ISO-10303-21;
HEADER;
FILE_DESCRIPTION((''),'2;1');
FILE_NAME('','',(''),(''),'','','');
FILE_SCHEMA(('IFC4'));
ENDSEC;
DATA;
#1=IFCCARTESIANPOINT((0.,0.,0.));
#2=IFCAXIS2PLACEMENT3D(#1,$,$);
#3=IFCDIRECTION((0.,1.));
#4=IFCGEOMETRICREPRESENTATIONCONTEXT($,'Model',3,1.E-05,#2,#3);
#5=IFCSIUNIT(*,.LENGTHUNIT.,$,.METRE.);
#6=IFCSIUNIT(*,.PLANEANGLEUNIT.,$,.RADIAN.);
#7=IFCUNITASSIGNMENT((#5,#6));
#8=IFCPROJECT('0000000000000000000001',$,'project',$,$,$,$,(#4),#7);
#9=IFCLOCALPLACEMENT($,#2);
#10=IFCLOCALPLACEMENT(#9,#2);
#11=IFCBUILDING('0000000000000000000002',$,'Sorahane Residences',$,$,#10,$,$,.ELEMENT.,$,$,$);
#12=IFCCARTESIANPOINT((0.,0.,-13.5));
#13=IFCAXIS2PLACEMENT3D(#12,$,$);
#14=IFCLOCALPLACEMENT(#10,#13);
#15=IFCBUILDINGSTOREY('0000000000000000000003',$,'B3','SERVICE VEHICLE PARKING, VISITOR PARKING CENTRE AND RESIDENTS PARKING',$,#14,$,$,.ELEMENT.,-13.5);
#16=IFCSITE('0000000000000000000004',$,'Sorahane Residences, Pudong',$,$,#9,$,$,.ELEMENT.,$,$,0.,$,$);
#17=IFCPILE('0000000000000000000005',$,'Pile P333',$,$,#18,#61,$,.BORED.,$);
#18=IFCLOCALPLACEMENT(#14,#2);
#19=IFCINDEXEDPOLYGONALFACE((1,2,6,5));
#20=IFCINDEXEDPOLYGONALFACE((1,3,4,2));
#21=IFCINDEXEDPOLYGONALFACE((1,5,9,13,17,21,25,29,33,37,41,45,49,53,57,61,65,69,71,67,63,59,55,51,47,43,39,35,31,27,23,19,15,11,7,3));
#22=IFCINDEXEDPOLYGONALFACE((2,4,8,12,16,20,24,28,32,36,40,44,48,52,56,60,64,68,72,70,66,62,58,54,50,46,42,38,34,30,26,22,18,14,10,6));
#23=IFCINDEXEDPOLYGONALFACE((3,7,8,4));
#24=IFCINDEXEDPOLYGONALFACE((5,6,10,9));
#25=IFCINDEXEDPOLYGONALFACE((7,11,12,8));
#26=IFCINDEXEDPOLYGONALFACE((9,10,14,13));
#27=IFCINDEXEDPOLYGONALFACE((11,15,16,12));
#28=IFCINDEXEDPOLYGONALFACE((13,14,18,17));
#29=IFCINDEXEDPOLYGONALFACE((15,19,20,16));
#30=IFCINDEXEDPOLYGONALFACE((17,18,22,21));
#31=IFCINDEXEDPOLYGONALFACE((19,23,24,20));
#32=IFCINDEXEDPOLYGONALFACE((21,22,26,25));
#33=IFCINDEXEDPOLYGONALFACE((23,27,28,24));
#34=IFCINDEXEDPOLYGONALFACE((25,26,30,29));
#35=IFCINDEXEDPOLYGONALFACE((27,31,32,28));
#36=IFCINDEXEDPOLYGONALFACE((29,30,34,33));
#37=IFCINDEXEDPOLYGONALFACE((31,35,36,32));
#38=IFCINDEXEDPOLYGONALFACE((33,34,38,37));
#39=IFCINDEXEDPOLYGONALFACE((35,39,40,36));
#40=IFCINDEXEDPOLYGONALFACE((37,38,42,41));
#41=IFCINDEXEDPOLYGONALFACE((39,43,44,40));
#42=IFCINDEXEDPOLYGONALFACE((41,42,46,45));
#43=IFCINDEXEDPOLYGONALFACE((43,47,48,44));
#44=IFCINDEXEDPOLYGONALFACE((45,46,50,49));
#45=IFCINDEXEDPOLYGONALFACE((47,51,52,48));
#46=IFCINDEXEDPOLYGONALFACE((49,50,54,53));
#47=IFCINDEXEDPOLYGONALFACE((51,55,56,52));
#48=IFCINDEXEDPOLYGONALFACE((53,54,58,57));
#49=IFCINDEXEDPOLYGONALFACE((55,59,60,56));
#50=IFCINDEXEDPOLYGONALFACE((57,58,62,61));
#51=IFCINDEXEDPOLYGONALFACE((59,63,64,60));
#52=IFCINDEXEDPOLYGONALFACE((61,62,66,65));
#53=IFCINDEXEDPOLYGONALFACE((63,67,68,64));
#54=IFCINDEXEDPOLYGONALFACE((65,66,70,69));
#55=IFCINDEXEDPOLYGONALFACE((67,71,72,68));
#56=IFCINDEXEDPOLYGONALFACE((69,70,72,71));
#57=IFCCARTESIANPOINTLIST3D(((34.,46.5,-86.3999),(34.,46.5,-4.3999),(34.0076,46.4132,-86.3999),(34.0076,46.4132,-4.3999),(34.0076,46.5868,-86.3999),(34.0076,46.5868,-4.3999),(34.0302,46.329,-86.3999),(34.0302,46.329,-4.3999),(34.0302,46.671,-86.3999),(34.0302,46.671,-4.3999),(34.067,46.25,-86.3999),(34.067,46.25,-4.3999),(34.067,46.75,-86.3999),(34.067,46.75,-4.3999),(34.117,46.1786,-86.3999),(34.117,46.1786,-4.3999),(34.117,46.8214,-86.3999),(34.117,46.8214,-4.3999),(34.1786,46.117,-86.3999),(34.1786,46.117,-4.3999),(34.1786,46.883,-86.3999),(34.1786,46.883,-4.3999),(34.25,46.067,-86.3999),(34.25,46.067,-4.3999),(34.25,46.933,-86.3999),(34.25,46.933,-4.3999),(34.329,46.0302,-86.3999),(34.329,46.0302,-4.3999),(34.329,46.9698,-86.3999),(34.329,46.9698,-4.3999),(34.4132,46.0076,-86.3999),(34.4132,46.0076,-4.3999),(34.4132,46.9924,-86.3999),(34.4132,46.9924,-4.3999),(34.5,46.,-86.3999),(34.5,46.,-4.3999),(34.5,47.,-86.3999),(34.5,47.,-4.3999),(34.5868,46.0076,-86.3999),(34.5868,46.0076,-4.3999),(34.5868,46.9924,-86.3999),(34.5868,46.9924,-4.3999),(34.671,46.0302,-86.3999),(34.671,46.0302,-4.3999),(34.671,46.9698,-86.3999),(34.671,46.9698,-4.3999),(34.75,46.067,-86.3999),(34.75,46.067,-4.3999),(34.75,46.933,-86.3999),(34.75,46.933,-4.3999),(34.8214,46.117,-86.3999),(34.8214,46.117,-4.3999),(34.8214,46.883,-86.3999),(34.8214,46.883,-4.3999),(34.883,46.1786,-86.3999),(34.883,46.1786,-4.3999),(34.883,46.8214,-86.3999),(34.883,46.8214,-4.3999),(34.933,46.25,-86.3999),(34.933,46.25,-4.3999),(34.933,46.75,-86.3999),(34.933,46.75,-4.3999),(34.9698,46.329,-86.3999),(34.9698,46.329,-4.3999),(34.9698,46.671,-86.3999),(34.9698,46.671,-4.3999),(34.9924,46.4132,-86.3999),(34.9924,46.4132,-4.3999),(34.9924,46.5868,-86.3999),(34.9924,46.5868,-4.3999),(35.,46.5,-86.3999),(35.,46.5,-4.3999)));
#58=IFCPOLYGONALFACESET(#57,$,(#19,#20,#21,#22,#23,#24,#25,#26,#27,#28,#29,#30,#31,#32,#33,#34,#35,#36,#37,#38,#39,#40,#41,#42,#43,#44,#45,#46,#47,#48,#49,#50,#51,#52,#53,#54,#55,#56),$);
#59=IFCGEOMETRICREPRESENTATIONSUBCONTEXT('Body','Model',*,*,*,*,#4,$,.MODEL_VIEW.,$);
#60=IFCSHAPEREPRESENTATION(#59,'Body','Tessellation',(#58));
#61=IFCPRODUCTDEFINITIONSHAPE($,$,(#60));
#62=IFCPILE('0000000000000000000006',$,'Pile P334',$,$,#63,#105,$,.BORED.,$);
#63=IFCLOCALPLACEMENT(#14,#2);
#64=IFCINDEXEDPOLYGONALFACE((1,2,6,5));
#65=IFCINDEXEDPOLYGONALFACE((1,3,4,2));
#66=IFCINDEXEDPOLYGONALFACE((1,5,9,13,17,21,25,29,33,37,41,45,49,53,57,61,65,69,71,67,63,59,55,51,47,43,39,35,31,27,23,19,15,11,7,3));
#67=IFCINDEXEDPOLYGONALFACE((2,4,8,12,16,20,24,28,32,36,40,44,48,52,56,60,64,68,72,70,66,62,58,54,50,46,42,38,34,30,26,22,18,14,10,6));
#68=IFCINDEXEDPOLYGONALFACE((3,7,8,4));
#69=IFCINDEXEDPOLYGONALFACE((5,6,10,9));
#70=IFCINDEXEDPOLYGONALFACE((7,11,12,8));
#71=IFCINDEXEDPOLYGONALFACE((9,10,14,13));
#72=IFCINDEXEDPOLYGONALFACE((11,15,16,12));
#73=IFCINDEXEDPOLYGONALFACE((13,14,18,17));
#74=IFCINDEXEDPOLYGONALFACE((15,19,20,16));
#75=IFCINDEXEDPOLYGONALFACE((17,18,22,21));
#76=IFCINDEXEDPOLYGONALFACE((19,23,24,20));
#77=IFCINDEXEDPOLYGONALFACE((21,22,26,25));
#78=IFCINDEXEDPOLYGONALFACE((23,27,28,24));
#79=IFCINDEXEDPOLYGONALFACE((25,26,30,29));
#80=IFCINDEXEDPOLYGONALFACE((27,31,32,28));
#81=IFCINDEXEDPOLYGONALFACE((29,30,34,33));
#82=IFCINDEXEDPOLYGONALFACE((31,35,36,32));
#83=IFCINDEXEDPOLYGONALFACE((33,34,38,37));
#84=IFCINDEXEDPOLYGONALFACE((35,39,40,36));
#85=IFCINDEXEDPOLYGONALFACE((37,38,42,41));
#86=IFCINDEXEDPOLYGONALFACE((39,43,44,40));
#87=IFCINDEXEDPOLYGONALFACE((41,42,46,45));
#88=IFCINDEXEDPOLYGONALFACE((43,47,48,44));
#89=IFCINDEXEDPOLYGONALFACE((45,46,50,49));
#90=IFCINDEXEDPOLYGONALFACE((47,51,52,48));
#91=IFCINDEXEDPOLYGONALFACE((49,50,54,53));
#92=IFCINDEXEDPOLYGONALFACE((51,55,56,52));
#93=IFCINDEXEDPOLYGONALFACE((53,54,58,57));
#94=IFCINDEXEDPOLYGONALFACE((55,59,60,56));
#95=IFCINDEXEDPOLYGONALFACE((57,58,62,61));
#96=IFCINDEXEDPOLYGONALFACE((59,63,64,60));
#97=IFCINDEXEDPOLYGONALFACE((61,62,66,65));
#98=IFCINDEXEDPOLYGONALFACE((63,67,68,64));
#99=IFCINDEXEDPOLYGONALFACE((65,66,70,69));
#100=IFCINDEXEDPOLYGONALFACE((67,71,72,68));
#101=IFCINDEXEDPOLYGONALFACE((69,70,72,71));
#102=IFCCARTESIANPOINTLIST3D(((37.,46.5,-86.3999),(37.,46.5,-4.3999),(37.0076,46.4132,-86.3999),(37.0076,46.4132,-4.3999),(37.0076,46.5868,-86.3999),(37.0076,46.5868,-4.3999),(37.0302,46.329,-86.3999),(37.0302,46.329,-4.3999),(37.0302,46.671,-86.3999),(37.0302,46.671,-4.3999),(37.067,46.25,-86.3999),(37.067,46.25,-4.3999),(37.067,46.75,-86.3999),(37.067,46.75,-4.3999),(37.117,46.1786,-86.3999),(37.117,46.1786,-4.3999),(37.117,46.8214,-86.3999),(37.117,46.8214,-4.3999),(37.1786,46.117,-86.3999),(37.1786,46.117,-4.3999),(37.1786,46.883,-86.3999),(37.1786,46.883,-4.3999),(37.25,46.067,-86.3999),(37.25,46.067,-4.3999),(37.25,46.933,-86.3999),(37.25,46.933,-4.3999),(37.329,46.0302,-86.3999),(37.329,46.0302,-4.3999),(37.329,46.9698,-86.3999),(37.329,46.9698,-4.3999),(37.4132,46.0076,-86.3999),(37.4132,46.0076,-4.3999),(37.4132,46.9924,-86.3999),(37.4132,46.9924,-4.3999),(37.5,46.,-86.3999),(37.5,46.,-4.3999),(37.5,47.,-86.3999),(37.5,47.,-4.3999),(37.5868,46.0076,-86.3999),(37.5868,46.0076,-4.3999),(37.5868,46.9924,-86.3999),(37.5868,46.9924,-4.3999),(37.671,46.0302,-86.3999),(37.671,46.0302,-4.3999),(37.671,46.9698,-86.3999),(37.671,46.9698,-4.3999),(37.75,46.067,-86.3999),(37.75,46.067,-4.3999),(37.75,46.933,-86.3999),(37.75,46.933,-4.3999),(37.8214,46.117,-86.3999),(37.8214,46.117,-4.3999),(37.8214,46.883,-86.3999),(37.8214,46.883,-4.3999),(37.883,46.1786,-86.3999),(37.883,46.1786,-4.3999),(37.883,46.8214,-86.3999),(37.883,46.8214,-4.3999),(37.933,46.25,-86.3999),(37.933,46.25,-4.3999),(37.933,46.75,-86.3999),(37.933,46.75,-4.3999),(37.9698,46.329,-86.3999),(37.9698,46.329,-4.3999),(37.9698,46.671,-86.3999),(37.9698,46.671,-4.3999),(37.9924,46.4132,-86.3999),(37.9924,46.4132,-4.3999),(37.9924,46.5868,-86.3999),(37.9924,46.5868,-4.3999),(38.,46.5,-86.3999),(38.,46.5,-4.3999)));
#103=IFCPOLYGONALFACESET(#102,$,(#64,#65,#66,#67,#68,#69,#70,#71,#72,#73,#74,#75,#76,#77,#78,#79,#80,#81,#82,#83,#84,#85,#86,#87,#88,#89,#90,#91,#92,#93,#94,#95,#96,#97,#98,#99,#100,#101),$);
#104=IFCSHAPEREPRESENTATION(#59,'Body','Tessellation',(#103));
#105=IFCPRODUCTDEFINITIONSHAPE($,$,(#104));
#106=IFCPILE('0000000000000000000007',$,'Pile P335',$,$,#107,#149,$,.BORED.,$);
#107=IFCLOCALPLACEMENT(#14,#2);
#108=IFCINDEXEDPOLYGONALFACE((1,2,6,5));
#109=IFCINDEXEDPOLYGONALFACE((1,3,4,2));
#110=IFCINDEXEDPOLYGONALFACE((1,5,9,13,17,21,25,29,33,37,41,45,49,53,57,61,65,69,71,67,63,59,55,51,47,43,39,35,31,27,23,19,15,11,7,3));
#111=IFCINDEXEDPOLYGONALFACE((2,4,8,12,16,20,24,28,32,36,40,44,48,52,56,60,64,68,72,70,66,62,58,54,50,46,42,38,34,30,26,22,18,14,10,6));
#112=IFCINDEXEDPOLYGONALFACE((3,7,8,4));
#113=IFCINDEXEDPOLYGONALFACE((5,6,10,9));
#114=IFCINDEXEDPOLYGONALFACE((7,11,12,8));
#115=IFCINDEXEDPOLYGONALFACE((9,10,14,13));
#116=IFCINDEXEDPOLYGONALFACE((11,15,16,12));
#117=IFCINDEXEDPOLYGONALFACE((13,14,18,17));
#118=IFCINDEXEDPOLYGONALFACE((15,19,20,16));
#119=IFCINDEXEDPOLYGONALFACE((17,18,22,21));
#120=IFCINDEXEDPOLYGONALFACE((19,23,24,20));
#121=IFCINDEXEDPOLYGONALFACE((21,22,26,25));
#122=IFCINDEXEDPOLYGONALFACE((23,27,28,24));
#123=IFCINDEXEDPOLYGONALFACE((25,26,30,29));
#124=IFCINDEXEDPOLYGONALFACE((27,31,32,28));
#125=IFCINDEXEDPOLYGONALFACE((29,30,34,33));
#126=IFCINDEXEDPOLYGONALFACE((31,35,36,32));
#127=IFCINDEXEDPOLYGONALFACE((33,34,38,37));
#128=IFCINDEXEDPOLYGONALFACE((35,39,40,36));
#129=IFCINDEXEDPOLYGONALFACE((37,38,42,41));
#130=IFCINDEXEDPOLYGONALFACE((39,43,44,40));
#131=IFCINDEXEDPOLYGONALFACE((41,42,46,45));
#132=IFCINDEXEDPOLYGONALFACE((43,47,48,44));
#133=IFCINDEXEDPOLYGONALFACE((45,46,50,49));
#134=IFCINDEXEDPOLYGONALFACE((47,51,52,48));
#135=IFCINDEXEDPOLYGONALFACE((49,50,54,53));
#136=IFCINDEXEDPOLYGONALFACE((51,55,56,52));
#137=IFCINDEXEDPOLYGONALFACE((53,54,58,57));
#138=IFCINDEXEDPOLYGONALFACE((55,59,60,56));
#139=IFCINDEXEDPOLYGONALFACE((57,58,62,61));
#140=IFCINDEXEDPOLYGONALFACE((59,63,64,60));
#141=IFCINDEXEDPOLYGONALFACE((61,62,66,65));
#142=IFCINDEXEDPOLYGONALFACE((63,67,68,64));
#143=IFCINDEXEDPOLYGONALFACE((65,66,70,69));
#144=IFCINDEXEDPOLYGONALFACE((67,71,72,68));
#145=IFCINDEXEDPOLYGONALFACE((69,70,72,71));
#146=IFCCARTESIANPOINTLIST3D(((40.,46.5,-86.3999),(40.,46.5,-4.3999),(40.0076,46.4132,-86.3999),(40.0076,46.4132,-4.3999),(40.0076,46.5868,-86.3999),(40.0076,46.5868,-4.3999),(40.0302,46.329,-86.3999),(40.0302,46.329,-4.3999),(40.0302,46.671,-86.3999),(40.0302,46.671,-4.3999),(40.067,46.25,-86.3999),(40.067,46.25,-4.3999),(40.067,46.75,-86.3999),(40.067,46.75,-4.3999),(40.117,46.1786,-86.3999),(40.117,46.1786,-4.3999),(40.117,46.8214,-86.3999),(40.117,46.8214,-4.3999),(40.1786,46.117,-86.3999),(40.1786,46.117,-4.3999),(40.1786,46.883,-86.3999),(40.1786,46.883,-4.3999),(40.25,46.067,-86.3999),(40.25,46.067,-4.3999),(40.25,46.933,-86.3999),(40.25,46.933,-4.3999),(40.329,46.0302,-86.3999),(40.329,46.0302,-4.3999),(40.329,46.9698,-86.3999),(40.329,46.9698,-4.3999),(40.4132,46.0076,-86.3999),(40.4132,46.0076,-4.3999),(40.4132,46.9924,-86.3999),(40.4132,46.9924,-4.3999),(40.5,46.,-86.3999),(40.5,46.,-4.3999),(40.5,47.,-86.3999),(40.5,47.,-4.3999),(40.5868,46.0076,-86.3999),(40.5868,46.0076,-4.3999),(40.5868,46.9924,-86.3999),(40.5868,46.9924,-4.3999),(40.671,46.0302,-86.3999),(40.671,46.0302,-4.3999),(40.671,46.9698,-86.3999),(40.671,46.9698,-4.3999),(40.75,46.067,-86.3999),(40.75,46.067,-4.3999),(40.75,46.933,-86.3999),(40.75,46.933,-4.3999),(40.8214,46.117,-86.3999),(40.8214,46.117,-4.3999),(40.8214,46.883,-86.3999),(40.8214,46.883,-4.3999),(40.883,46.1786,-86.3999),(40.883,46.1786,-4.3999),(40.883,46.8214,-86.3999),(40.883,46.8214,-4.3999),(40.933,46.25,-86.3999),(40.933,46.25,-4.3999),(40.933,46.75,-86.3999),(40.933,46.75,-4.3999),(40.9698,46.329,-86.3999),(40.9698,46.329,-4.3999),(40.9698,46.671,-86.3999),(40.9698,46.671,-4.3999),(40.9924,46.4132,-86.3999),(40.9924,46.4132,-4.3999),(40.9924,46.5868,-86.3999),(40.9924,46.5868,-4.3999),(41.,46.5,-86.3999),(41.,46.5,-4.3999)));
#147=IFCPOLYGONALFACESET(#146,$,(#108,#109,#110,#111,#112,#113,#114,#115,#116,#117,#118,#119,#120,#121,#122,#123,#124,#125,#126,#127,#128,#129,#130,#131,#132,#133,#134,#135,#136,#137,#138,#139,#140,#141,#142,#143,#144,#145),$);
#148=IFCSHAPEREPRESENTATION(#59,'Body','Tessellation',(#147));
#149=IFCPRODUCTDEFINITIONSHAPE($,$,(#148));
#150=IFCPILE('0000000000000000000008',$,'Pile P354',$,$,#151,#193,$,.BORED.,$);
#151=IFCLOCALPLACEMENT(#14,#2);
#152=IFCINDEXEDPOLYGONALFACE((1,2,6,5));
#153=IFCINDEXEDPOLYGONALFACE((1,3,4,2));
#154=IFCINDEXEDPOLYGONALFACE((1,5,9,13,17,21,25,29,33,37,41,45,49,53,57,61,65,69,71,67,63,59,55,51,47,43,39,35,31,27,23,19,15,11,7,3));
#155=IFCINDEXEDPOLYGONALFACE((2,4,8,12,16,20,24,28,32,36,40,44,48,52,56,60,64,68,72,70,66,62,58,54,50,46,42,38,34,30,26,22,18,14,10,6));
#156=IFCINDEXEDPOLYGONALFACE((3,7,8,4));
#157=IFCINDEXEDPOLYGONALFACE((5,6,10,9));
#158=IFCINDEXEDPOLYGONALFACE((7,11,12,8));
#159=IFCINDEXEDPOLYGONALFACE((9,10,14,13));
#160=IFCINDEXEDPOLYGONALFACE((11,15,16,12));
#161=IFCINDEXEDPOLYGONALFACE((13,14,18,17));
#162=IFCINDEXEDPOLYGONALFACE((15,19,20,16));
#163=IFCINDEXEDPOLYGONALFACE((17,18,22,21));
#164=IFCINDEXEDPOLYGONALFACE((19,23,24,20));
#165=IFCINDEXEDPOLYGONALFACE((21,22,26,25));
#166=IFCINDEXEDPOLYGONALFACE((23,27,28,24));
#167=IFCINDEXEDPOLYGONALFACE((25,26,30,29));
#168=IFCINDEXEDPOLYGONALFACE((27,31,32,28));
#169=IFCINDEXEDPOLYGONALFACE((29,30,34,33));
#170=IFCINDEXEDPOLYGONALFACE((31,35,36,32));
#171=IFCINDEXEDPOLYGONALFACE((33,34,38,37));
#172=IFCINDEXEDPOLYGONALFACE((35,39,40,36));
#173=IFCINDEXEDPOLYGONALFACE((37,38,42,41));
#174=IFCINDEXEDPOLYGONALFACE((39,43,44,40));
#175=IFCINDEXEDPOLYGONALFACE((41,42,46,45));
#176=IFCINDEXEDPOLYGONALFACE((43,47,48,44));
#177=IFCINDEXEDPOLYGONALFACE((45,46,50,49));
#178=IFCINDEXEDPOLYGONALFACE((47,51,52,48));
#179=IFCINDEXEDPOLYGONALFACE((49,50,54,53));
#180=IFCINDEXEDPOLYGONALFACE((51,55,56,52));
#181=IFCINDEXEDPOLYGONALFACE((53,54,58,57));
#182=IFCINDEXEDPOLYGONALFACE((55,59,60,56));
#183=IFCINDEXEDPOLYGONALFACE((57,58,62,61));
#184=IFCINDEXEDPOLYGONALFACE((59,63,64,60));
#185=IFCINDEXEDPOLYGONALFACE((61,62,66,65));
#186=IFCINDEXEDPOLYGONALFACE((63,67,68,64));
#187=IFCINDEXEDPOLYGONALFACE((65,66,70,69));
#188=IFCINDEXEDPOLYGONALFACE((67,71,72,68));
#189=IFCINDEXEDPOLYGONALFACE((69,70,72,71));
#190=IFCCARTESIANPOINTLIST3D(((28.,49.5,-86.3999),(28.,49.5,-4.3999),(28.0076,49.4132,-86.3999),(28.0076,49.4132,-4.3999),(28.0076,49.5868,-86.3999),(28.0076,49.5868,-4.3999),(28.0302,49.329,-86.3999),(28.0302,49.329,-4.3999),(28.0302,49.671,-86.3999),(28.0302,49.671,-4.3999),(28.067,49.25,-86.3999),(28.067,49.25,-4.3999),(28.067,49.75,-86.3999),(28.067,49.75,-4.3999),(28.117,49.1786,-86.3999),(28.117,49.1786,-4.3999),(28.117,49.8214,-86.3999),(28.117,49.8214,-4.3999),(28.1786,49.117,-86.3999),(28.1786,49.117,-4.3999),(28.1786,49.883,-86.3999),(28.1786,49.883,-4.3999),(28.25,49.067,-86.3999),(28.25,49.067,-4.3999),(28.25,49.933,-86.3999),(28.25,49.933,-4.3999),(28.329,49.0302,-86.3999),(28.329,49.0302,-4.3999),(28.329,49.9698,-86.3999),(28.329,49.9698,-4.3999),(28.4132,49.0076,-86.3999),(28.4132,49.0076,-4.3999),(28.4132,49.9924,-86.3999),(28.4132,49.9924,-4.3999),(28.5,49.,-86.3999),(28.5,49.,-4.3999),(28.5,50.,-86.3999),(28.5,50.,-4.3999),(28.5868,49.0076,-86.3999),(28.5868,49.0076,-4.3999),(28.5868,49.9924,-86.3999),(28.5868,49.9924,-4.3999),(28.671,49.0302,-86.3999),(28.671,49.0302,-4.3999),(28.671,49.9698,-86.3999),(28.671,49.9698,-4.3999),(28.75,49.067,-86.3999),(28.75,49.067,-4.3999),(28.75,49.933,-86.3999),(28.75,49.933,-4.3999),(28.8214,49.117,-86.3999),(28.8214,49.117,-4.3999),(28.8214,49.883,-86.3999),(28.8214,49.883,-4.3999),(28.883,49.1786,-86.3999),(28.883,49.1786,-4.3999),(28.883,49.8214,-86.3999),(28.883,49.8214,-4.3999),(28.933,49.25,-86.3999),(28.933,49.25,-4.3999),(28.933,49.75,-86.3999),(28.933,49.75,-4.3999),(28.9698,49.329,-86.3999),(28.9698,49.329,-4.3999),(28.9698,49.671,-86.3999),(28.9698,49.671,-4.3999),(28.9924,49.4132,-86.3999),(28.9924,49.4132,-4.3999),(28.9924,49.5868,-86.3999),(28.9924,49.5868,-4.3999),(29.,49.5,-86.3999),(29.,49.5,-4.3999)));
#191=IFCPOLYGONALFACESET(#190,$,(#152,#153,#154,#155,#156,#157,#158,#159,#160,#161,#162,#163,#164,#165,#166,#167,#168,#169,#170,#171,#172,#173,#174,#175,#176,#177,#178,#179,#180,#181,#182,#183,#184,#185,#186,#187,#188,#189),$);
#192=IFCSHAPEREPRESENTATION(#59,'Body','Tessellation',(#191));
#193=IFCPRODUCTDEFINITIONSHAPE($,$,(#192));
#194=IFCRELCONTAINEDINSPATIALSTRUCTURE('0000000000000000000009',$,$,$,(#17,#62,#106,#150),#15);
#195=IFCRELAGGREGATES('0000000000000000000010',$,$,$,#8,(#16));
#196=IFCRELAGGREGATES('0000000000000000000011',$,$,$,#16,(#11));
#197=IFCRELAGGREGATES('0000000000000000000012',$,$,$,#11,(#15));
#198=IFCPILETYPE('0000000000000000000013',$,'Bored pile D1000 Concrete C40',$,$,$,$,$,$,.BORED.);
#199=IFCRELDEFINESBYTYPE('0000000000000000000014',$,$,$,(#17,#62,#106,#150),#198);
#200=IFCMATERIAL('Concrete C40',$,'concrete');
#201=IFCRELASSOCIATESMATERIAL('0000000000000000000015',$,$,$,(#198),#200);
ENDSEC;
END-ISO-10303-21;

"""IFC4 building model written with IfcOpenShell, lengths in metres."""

from ifc_helpers import new_model, si_unit, direction, frame, origin, origin_2d, place, context, subcontext, project, spatial, circle, extrude, material, material_profile, profile_set, type_object, element, save


model = new_model("IFC4")

# Units and contexts
model_context = context("Model", 3, precision=1e-05, world=origin(), true_north=direction((0.0, 1.0)))
body_context = subcontext(model_context, "Body", "Model", "MODEL_VIEW")
ifc_project = project(units=[si_unit("LENGTHUNIT", "METRE"), si_unit("PLANEANGLEUNIT", "RADIAN")], contexts=[model_context])

# Site, building, storey
site_placement = place(None, origin())
site = spatial("IfcSite", under=ifc_project, at=site_placement, Name="Sorahane Residences, Pudong", CompositionType="ELEMENT", RefElevation=0.0)
building_placement = place(site_placement, origin())
building = spatial("IfcBuilding", under=site, at=building_placement, Name="Sorahane Residences", CompositionType="ELEMENT")
storey_placement = place(building_placement, frame((0.0, 0.0, -13.5)))
storey = spatial("IfcBuildingStorey", under=building, at=storey_placement, Name="B3", Description="SERVICE VEHICLE PARKING, VISITOR PARKING CENTRE AND RESIDENTS PARKING", CompositionType="ELEMENT", Elevation=-13.5)

# Piles
ifc_material_1 = material(Name="Concrete C40", Category="concrete")
ifc_material_profile_1 = material_profile(ifc_material_1, circle(Radius=0.5, at=origin_2d()), Name="D1000")
ifc_profile_set_1 = profile_set([ifc_material_profile_1], Name="Concrete C40")
pile_type = type_object("IfcPileType", Name="Bored pile D1000 Concrete C40", PredefinedType="BORED", material=ifc_profile_set_1)
for number, where, z_axis, x_axis, name in (
    (1, (34.5, 46.5, -4.3999), (0.0, 0.0, -1.0), (1.0, 0.0, 0.0), "Pile P333"),
    (2, (37.5, 46.5, -4.3999), (0.0, 0.0, -1.0), (1.0, 0.0, 0.0), "Pile P334"),
    (3, (40.5, 46.5, -4.3999), (0.0, 0.0, -1.0), (1.0, 0.0, 0.0), "Pile P335"),
    (4, (28.5, 49.5, -4.3999), (0.0, 0.0, -1.0), (1.0, 0.0, 0.0), "Pile P354"),
):
    element("IfcPile", number, at=place(storey_placement, frame(where, z_axis=z_axis, x_axis=x_axis)), inside=storey, type_object=pile_type, Name=name, PredefinedType="BORED", context=body_context, shape_type="SweptSolid", body=[
        extrude(circle(Radius=0.5, at=origin_2d()), origin(), (0.0, 0.0, 1.0), 82.0),
    ])

save(model, "model.ifc")
